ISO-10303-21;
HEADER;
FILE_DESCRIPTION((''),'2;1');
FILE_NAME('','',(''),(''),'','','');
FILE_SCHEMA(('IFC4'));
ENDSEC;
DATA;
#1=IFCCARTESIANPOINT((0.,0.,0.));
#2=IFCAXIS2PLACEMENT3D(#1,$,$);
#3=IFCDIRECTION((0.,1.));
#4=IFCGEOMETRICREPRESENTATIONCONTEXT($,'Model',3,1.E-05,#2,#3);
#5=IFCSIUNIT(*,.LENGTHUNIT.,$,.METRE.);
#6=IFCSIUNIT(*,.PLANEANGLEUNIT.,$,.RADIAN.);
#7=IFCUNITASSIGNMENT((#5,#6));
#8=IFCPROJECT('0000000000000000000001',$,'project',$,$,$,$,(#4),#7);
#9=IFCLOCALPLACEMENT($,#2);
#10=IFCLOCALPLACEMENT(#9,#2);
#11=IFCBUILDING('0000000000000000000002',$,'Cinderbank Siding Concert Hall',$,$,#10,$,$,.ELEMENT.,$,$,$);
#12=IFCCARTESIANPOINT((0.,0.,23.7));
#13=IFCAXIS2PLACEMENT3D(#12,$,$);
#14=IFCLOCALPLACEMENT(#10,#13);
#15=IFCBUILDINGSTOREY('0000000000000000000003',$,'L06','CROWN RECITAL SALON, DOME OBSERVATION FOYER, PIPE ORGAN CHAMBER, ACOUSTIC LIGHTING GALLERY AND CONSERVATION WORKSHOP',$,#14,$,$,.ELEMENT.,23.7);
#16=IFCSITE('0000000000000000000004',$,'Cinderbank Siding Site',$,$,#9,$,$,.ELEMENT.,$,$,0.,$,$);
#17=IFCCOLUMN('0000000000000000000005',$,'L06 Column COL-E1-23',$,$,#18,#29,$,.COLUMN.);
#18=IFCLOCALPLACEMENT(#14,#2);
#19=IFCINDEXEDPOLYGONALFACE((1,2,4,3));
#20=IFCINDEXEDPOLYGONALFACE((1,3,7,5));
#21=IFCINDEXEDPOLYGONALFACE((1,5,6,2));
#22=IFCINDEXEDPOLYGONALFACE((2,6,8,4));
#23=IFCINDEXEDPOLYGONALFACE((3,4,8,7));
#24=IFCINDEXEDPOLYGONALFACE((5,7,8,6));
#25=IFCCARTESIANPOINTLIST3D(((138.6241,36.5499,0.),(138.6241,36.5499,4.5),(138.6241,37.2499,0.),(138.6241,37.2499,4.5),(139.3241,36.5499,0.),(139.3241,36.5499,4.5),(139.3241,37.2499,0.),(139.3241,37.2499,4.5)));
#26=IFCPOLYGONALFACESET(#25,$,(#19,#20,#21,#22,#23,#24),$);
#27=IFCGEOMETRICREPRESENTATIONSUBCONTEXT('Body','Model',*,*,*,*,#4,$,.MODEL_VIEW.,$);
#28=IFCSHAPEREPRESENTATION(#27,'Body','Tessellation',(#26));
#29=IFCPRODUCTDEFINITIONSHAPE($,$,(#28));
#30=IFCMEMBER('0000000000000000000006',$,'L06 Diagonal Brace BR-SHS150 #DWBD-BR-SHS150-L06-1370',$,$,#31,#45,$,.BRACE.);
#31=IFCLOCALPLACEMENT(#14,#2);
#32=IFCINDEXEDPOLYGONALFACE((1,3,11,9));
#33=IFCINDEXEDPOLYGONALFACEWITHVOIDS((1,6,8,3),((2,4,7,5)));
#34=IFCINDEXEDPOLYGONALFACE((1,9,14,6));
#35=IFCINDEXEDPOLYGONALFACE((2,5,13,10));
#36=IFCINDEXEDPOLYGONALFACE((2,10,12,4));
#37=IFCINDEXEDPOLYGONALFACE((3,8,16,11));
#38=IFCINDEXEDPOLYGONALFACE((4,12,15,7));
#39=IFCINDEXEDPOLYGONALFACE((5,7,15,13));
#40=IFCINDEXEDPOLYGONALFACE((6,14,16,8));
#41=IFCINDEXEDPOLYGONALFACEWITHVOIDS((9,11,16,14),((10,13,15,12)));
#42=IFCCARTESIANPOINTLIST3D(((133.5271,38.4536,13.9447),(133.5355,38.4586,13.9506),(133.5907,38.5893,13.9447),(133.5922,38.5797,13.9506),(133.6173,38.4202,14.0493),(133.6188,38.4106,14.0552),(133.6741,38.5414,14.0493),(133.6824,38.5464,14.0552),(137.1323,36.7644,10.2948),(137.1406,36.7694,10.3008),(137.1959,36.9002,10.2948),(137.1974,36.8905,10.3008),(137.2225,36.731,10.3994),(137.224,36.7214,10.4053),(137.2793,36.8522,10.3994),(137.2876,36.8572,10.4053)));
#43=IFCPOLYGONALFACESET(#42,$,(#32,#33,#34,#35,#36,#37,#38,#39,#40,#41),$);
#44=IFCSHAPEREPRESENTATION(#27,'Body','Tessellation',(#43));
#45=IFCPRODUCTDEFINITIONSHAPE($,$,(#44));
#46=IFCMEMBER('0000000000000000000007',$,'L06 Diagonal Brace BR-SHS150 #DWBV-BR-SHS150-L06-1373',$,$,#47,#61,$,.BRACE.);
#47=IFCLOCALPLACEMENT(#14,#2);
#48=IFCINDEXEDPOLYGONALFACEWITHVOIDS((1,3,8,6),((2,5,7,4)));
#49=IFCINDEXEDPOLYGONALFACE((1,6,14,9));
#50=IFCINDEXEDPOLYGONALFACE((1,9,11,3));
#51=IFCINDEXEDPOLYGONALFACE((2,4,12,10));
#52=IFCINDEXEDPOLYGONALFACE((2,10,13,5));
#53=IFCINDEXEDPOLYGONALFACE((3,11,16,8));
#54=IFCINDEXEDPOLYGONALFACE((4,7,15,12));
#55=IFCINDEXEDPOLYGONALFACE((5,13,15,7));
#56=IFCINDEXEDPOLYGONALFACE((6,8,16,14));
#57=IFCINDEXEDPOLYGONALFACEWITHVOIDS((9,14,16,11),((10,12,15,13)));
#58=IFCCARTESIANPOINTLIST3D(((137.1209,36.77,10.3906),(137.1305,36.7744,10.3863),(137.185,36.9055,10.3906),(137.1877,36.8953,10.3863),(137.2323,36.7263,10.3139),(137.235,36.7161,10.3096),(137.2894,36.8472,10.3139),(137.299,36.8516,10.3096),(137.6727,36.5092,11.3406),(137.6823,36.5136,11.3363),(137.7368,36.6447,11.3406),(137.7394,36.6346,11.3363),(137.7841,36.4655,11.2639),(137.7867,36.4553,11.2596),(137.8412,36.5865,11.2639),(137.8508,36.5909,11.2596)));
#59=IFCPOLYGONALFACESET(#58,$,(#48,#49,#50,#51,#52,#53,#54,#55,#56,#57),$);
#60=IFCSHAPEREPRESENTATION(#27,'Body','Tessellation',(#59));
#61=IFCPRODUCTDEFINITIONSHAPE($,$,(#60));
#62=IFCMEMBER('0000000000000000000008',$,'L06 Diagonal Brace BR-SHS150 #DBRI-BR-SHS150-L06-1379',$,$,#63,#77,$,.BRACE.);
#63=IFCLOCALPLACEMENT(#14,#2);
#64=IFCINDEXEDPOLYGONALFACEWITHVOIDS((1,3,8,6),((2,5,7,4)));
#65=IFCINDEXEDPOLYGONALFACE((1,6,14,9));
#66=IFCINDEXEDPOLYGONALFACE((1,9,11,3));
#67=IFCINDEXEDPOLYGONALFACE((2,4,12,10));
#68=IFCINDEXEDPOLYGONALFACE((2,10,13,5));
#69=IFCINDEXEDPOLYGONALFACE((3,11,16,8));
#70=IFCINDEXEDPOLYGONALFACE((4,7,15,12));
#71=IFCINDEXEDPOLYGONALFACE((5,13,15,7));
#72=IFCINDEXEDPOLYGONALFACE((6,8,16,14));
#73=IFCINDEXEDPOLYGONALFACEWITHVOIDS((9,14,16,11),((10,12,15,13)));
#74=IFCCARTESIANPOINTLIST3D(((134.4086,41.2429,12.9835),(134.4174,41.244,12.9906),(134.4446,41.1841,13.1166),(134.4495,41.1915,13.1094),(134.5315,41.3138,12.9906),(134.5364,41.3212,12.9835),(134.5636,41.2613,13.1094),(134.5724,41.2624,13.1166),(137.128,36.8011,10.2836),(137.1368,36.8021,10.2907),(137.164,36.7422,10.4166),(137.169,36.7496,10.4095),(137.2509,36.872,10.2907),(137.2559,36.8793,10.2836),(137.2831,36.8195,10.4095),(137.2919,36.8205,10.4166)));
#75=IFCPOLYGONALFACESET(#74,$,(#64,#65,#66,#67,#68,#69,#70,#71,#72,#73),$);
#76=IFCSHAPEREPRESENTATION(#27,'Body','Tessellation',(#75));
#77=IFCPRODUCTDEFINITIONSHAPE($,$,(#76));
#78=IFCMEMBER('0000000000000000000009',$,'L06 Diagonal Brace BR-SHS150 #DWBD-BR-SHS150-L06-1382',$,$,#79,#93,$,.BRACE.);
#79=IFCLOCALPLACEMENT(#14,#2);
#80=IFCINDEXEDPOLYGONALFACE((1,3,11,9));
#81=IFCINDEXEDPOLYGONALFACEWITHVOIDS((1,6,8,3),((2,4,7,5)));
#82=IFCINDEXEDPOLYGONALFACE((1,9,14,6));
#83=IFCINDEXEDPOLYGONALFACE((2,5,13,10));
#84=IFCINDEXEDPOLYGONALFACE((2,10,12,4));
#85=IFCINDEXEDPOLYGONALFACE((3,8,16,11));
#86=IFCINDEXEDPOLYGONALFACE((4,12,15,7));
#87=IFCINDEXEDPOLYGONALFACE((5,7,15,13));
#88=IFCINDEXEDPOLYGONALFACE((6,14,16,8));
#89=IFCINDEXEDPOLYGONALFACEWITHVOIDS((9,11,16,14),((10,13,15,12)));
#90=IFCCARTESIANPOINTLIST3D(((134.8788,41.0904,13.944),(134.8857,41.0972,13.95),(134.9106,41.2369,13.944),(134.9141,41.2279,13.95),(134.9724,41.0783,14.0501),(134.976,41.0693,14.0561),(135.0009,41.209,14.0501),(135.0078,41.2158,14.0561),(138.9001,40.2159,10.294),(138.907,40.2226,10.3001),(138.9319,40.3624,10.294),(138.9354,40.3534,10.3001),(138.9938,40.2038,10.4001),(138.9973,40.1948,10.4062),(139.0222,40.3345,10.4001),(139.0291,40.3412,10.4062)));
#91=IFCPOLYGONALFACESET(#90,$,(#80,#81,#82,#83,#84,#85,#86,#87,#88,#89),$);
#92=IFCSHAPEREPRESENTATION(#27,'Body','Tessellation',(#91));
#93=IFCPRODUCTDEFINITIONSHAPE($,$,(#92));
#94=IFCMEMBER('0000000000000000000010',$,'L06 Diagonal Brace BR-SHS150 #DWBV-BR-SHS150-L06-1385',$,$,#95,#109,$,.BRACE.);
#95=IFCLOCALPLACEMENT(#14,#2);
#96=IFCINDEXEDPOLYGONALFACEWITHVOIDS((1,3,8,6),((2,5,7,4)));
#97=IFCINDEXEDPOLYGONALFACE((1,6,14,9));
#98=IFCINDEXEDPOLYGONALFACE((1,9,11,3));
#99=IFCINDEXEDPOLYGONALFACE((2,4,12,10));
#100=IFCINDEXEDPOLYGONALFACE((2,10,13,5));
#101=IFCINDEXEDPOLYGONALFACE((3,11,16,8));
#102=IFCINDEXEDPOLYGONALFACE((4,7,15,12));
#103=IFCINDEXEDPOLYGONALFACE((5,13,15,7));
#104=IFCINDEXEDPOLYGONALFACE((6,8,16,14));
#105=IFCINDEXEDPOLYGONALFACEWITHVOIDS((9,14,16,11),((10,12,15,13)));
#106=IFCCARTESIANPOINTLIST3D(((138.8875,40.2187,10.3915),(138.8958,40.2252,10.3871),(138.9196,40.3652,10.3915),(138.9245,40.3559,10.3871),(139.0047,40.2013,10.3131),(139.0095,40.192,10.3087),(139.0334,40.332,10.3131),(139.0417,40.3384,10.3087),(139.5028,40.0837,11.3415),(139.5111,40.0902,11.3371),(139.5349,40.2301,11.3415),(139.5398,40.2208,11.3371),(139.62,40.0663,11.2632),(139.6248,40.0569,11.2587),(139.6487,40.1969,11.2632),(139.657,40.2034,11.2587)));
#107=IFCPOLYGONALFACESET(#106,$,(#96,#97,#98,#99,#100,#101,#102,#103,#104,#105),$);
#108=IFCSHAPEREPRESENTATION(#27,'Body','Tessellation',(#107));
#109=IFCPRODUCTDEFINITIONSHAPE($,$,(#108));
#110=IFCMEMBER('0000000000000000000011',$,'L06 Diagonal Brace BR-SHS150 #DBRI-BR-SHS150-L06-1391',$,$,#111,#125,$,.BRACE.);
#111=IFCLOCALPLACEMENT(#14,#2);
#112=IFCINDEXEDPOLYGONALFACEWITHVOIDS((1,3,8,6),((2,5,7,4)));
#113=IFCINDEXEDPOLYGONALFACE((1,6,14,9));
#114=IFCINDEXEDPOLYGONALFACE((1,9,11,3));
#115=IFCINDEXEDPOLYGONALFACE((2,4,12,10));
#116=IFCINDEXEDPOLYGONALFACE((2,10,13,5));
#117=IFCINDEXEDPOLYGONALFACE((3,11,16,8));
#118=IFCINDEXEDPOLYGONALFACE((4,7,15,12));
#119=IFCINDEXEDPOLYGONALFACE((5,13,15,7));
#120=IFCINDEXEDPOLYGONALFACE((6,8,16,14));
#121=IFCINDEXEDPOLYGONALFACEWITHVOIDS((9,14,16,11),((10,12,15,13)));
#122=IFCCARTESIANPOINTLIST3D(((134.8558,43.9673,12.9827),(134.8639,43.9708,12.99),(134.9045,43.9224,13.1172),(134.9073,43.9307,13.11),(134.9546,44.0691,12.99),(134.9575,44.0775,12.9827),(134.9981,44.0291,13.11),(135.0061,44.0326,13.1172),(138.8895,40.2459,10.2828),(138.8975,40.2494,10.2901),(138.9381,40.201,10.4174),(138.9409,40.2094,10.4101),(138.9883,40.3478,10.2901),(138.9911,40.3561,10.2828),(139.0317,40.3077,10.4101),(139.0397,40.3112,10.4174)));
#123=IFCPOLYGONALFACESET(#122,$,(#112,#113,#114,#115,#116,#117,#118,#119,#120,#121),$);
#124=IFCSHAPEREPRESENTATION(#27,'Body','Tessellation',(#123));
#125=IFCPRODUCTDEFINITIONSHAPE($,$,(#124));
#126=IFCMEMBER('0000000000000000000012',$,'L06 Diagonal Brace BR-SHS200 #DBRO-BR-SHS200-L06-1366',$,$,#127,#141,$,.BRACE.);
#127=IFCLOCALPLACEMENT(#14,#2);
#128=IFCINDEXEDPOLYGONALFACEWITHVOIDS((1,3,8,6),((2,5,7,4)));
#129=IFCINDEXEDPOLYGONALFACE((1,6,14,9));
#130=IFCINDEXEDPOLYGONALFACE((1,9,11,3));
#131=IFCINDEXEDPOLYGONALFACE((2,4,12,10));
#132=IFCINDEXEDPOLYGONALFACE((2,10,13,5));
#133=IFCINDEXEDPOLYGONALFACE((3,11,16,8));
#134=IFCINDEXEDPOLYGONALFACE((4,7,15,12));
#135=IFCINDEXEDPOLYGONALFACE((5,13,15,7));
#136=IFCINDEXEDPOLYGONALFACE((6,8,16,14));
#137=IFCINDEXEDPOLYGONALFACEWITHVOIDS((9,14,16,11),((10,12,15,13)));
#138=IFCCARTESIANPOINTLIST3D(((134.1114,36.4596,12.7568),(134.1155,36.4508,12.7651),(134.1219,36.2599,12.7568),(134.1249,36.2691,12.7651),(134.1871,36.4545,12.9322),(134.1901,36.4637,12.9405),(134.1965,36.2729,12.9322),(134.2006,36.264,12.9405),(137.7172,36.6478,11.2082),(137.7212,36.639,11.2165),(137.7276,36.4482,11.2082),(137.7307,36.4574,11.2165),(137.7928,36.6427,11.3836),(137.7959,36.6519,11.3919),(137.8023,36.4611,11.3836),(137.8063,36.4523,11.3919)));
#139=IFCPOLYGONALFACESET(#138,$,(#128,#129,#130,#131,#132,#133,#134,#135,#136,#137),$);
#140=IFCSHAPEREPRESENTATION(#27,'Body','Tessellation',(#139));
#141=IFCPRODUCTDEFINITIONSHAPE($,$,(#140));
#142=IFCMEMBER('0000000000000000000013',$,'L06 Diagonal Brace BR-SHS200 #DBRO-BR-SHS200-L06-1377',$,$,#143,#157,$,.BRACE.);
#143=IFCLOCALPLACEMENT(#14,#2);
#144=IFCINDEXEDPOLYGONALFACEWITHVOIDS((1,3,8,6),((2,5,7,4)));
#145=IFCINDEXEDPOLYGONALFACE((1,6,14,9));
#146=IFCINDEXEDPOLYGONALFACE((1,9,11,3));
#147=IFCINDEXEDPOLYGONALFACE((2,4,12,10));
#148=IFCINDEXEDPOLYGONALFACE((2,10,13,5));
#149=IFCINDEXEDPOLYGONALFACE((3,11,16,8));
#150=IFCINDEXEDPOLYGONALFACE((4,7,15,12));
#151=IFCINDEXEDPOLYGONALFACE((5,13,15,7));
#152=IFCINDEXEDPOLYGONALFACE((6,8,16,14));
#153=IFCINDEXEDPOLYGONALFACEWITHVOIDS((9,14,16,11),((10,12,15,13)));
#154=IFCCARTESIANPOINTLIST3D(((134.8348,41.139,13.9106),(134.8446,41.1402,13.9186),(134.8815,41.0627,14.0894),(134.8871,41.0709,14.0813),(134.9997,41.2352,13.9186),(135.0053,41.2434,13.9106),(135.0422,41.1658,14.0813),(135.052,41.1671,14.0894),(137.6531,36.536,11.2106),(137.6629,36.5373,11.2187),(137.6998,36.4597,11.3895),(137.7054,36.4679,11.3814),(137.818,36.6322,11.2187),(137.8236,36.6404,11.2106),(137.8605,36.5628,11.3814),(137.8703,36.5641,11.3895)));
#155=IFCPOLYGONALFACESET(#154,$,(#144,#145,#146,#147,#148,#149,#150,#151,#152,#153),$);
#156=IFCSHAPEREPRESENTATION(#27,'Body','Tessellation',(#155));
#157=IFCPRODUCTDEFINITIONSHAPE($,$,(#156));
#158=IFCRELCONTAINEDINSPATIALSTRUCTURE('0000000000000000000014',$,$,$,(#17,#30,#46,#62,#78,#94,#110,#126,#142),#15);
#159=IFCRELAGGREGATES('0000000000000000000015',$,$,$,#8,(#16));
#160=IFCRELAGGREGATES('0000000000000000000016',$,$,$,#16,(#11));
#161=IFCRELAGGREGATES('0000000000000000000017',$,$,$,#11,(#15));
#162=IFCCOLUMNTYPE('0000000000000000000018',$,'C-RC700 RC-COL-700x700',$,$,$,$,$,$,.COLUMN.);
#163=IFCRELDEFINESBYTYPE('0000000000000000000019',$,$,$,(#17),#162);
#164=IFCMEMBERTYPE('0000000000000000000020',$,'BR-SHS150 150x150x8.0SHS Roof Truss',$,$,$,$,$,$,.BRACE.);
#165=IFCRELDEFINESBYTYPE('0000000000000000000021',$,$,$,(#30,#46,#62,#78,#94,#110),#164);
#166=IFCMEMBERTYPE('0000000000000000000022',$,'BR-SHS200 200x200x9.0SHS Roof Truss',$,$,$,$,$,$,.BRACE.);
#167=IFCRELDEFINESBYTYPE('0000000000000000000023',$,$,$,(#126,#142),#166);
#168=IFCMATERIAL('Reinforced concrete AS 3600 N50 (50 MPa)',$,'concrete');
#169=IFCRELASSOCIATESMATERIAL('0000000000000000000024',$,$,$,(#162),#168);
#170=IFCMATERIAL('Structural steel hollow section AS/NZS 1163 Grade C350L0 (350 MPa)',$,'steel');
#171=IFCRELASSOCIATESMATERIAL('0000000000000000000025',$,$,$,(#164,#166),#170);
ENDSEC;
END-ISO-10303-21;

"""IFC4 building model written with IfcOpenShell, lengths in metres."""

from ifc_helpers import new_model, si_unit, direction, frame, origin, origin_2d, place, context, subcontext, project, spatial, rectangle, hollow_rectangle, extrude, material, material_profile, profile_set, type_object, element, save


model = new_model("IFC4")

# Units and contexts
model_context = context("Model", 3, precision=1e-05, world=origin(), true_north=direction((0.0, 1.0)))
body_context = subcontext(model_context, "Body", "Model", "MODEL_VIEW")
ifc_project = project(units=[si_unit("LENGTHUNIT", "METRE"), si_unit("PLANEANGLEUNIT", "RADIAN")], contexts=[model_context])

# Site, building, storey
site_placement = place(None, origin())
site = spatial("IfcSite", under=ifc_project, at=site_placement, Name="Cinderbank Siding Site", CompositionType="ELEMENT", RefElevation=0.0)
building_placement = place(site_placement, origin())
building = spatial("IfcBuilding", under=site, at=building_placement, Name="Cinderbank Siding Concert Hall", CompositionType="ELEMENT")
storey_placement = place(building_placement, frame((0.0, 0.0, 23.7)))
storey = spatial("IfcBuildingStorey", under=building, at=storey_placement, Name="L06", Description="CROWN RECITAL SALON, DOME OBSERVATION FOYER, PIPE ORGAN CHAMBER, ACOUSTIC LIGHTING GALLERY AND CONSERVATION WORKSHOP", CompositionType="ELEMENT", Elevation=23.7)

# Column
ifc_material_1 = material(Name="Reinforced concrete AS 3600 N50 (50 MPa)", Category="concrete")
ifc_material_profile_1 = material_profile(ifc_material_1, rectangle(XDim=0.7, YDim=0.7, at=origin_2d()), Name="RC-COL-700x700", Category="LoadBearing")
ifc_profile_set_1 = profile_set([ifc_material_profile_1], Name="Reinforced concrete AS 3600 N50 (50 MPa)")
column_type = type_object("IfcColumnType", Name="C-RC700 RC-COL-700x700", PredefinedType="COLUMN", material=ifc_profile_set_1)
column_placement = place(storey_placement, frame((138.9741, 36.8999, 0.0), z_axis=(0.0, 0.0, 1.0), x_axis=(1.0, 0.0, 0.0)))
element("IfcColumn", 1, at=column_placement, inside=storey, type_object=column_type, Name="L06 Column COL-E1-23", PredefinedType="COLUMN", context=body_context, shape_type="SweptSolid", body=[
    extrude(rectangle(XDim=0.7, YDim=0.7, at=origin_2d()), origin(), (0.0, 0.0, 1.0), 4.5),
])

# Members
ifc_material_2 = material(Name="Structural steel hollow section AS/NZS 1163 Grade C350L0 (350 MPa)", Category="steel")
ifc_material_profile_2 = material_profile(ifc_material_2, hollow_rectangle(XDim=0.1499, YDim=0.1499, WallThickness=0.0081, at=origin_2d()), Name="150x150x8.0SHS", Category="LoadBearing")
ifc_profile_set_2 = profile_set([ifc_material_profile_2], Name="Structural steel hollow section AS/NZS 1163 Grade C350L0 (350 MPa)")
member_type_1 = type_object("IfcMemberType", Name="BR-SHS150 150x150x8.0SHS Roof Truss", PredefinedType="BRACE", material=ifc_profile_set_2)
member_1_placement = place(storey_placement, frame((137.21, 36.8108, 10.3501), z_axis=(-0.667487, 0.312748, 0.675759), x_axis=(-0.424281, -0.90553, 0.0)))
element("IfcMember", 2, at=member_1_placement, inside=storey, type_object=member_type_1, Name="L06 Diagonal Brace BR-SHS150 #DWBD-BR-SHS150-L06-1370", PredefinedType="BRACE", context=body_context, shape_type="SweptSolid", body=[
    extrude(hollow_rectangle(XDim=0.1499, YDim=0.1499, WallThickness=0.0081, at=origin_2d()), origin(), (0.0, 0.0, 1.0), 5.4011),
])
member_2_placement = place(storey_placement, frame((137.21, 36.8108, 10.3501), z_axis=(0.488677, -0.230933, 0.841347), x_axis=(0.427261, 0.904128, 0.0)))
element("IfcMember", 3, at=member_2_placement, inside=storey, type_object=member_type_1, Name="L06 Diagonal Brace BR-SHS150 #DWBV-BR-SHS150-L06-1373", PredefinedType="BRACE", context=body_context, shape_type="SweptSolid", body=[
    extrude(hollow_rectangle(XDim=0.1499, YDim=0.1499, WallThickness=0.0081, at=origin_2d()), origin(), (0.0, 0.0, 1.0), 1.1292),
])
member_3_placement = place(storey_placement, frame((137.21, 36.8108, 10.3501), z_axis=(-0.463562, 0.757163, 0.460233), x_axis=(-0.852855, -0.522148, 0.0)))
element("IfcMember", 4, at=member_3_placement, inside=storey, type_object=member_type_1, Name="L06 Diagonal Brace BR-SHS150 #DBRI-BR-SHS150-L06-1379", PredefinedType="BRACE", context=body_context, shape_type="SweptSolid", body=[
    extrude(hollow_rectangle(XDim=0.1499, YDim=0.1499, WallThickness=0.0081, at=origin_2d()), origin(), (0.0, 0.0, 1.0), 5.8665),
])
member_4_placement = place(storey_placement, frame((138.9646, 40.2786, 10.3501), z_axis=(-0.731051, 0.158984, 0.663543), x_axis=(-0.212506, -0.97716, 0.0)))
element("IfcMember", 5, at=member_4_placement, inside=storey, type_object=member_type_1, Name="L06 Diagonal Brace BR-SHS150 #DWBD-BR-SHS150-L06-1382", PredefinedType="BRACE", context=body_context, shape_type="SweptSolid", body=[
    extrude(hollow_rectangle(XDim=0.1499, YDim=0.1499, WallThickness=0.0081, at=origin_2d()), origin(), (0.0, 0.0, 1.0), 5.5007),
])
member_5_placement = place(storey_placement, frame((138.9646, 40.2786, 10.3501), z_axis=(0.539773, -0.11845, 0.833435), x_axis=(0.214344, 0.976758, 0.0)))
element("IfcMember", 6, at=member_5_placement, inside=storey, type_object=member_type_1, Name="L06 Diagonal Brace BR-SHS150 #DWBV-BR-SHS150-L06-1385", PredefinedType="BRACE", context=body_context, shape_type="SweptSolid", body=[
    extrude(hollow_rectangle(XDim=0.1499, YDim=0.1499, WallThickness=0.0081, at=origin_2d()), origin(), (0.0, 0.0, 1.0), 1.1399),
])
member_6_placement = place(storey_placement, frame((138.9646, 40.2786, 10.3501), z_axis=(-0.659495, 0.608443, 0.441433), x_axis=(-0.678086, -0.734982, 0.0)))
element("IfcMember", 7, at=member_6_placement, inside=storey, type_object=member_type_1, Name="L06 Diagonal Brace BR-SHS150 #DBRI-BR-SHS150-L06-1391", PredefinedType="BRACE", context=body_context, shape_type="SweptSolid", body=[
    extrude(hollow_rectangle(XDim=0.1499, YDim=0.1499, WallThickness=0.0081, at=origin_2d()), origin(), (0.0, 0.0, 1.0), 6.1162),
])
ifc_material_profile_3 = material_profile(ifc_material_2, hollow_rectangle(XDim=0.2, YDim=0.2, WallThickness=0.009, at=origin_2d()), Name="200x200x9.0SHS", Category="LoadBearing")
ifc_profile_set_3 = profile_set([ifc_material_profile_3], Name="Structural steel hollow section AS/NZS 1163 Grade C350L0 (350 MPa)")
member_type_2 = type_object("IfcMemberType", Name="BR-SHS200 200x200x9.0SHS Roof Truss", PredefinedType="BRACE", material=ifc_profile_set_3)
member_7_placement = place(storey_placement, frame((137.7617, 36.55, 11.3), z_axis=(-0.917787, -0.047912, 0.394172), x_axis=(0.052133, -0.99864, 0.0)))
element("IfcMember", 8, at=member_7_placement, inside=storey, type_object=member_type_2, Name="L06 Diagonal Brace BR-SHS200 #DBRO-BR-SHS200-L06-1366", PredefinedType="BRACE", context=body_context, shape_type="SweptSolid", body=[
    extrude(hollow_rectangle(XDim=0.2, YDim=0.2, WallThickness=0.009, at=origin_2d()), origin(), (0.0, 0.0, 1.0), 3.9287),
])
member_8_placement = place(storey_placement, frame((137.7617, 36.55, 11.3), z_axis=(-0.467005, 0.762727, 0.447385), x_axis=(-0.852837, -0.522178, 0.0)))
element("IfcMember", 9, at=member_8_placement, inside=storey, type_object=member_type_2, Name="L06 Diagonal Brace BR-SHS200 #DBRO-BR-SHS200-L06-1377", PredefinedType="BRACE", context=body_context, shape_type="SweptSolid", body=[
    extrude(hollow_rectangle(XDim=0.2, YDim=0.2, WallThickness=0.009, at=origin_2d()), origin(), (0.0, 0.0, 1.0), 6.0349),
])

save(model, "model.ifc")
